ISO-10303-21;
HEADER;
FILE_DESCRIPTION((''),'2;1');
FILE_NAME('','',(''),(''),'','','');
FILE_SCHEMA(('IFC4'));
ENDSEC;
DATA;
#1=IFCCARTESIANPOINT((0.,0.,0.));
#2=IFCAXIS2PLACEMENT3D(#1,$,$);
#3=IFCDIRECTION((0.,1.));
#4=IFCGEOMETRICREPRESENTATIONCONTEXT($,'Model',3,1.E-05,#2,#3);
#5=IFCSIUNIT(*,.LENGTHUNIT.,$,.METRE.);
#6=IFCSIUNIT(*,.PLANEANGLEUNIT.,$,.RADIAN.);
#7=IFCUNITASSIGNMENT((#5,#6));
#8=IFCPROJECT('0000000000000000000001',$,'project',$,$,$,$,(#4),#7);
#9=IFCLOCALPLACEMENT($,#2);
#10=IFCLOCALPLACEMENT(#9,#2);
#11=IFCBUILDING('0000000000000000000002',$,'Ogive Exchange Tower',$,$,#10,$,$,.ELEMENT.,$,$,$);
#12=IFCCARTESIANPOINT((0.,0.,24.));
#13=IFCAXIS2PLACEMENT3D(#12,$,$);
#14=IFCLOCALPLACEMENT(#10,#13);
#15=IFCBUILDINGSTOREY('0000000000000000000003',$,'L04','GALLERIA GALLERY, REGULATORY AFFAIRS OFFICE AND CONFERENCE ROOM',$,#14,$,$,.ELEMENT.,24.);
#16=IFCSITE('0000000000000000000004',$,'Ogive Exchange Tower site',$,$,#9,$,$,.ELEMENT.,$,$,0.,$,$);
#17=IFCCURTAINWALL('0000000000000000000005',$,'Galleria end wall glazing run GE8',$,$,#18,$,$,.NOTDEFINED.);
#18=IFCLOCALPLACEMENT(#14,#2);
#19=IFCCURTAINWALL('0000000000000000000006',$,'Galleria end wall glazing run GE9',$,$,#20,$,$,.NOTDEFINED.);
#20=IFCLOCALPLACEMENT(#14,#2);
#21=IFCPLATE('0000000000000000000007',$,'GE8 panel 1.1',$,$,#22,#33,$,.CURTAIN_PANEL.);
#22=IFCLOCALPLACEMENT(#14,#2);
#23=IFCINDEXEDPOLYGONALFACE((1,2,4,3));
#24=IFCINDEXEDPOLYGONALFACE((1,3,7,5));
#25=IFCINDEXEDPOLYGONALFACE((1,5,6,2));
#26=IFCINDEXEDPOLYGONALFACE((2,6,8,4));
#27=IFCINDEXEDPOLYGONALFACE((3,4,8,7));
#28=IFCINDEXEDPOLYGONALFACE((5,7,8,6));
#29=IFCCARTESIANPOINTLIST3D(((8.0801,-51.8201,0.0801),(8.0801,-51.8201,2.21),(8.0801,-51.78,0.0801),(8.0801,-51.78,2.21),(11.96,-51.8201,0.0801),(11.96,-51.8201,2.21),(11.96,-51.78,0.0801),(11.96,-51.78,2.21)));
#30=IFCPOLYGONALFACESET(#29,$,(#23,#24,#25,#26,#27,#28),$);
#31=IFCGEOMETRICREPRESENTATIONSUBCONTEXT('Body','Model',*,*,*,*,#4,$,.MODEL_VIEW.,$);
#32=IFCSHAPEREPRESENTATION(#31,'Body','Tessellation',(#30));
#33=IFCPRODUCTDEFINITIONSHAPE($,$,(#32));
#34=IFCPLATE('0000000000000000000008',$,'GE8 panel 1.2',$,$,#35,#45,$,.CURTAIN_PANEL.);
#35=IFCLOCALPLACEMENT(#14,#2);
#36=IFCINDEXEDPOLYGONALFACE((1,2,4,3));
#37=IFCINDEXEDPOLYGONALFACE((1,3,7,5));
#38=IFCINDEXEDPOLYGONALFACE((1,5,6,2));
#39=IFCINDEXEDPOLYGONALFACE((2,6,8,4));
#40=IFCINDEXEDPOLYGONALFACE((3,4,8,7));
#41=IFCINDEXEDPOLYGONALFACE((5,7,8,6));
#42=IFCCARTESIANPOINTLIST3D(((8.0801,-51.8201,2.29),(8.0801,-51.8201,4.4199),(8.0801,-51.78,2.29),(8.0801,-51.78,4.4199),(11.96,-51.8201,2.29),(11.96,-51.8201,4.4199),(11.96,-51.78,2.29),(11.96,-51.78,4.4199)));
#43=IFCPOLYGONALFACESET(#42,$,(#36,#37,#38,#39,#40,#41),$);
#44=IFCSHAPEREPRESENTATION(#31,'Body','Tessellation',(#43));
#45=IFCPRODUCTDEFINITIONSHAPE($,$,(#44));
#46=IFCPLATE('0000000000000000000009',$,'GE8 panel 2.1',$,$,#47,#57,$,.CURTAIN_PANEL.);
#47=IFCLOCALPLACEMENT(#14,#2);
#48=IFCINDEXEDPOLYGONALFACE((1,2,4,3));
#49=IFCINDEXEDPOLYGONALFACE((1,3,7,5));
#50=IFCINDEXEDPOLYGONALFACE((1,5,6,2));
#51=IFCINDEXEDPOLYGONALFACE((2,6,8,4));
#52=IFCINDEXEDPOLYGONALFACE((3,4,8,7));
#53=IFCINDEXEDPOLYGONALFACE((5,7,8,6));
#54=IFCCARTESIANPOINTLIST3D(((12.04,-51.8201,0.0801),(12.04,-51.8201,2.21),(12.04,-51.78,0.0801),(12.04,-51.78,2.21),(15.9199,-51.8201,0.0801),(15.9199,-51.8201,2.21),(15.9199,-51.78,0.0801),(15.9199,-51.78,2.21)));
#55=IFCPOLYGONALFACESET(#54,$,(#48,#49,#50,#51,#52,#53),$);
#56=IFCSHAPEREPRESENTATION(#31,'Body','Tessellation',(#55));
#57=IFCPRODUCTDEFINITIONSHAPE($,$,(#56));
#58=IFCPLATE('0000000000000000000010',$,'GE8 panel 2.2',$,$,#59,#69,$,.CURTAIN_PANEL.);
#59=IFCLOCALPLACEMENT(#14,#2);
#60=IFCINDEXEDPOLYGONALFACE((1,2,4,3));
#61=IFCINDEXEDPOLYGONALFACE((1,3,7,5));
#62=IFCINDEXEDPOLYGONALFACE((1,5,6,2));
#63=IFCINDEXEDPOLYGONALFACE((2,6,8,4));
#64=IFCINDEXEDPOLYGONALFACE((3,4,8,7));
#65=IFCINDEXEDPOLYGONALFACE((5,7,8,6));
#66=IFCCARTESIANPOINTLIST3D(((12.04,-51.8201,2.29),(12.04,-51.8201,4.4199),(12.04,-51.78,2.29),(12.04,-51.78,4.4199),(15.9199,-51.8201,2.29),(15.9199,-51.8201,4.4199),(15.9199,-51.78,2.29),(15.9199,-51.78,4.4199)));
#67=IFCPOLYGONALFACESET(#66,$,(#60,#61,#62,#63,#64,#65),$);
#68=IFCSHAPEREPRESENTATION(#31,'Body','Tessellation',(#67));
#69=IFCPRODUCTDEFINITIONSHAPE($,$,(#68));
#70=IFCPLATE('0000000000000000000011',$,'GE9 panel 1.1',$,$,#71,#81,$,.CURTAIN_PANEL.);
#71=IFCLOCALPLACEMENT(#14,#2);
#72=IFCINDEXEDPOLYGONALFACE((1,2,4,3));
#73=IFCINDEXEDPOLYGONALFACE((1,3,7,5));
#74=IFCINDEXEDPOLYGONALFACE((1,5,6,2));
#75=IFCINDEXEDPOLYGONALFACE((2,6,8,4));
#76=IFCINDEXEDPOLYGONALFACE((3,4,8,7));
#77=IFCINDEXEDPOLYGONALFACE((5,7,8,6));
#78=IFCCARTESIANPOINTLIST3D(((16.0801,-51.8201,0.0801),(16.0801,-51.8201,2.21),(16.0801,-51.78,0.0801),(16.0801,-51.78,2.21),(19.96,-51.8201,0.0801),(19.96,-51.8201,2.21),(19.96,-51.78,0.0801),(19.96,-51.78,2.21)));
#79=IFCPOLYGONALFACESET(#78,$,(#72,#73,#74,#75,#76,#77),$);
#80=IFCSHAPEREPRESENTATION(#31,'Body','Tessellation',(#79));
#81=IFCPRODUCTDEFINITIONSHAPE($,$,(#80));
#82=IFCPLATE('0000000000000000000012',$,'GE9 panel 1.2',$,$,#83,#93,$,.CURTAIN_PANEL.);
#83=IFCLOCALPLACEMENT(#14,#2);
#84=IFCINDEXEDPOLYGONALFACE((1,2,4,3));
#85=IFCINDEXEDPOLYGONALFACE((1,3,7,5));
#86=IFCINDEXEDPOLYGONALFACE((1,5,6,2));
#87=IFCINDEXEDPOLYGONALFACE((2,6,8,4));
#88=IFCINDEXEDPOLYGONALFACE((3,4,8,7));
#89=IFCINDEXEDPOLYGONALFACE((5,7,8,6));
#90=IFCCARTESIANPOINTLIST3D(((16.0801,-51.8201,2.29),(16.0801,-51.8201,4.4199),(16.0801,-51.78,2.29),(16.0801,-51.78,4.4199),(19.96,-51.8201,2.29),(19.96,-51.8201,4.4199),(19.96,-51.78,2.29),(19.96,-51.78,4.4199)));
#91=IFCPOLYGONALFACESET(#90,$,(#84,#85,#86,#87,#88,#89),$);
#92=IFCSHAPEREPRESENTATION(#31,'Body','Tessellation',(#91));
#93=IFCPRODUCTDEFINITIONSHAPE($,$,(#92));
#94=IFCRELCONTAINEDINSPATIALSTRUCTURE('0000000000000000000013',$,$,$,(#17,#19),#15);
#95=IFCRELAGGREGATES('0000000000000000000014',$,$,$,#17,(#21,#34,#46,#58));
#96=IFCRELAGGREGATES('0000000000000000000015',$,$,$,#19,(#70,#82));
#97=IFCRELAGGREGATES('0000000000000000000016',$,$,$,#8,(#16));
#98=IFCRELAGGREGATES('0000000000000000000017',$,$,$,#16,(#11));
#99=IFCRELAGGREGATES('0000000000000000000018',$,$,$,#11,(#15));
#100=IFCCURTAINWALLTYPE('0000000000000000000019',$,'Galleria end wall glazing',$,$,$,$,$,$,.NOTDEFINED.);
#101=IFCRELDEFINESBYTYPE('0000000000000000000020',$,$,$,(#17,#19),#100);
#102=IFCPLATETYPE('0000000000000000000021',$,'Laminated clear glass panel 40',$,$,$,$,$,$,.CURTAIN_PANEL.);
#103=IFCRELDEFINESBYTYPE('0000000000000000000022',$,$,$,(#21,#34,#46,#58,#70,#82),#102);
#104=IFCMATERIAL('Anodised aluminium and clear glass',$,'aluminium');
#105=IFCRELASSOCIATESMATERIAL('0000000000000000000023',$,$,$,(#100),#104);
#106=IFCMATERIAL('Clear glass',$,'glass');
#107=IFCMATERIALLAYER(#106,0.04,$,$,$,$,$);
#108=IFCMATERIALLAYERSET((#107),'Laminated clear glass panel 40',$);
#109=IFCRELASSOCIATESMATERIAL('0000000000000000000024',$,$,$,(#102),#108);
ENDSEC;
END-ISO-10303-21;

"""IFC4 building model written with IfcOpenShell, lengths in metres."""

from ifc_helpers import new_model, si_unit, direction, frame, origin, origin_2d, place, context, subcontext, project, spatial, rectangle, extrude, material, layer, layer_set, type_object, element, aggregate, save


model = new_model("IFC4")

# Units and contexts
model_context = context("Model", 3, precision=1e-05, world=origin(), true_north=direction((0.0, 1.0)))
body_context = subcontext(model_context, "Body", "Model", "MODEL_VIEW")
ifc_project = project(units=[si_unit("LENGTHUNIT", "METRE"), si_unit("PLANEANGLEUNIT", "RADIAN")], contexts=[model_context])

# Site, building, storey
site_placement = place(None, origin())
site = spatial("IfcSite", under=ifc_project, at=site_placement, Name="Ogive Exchange Tower site", CompositionType="ELEMENT", RefElevation=0.0)
building_placement = place(site_placement, origin())
building = spatial("IfcBuilding", under=site, at=building_placement, Name="Ogive Exchange Tower", CompositionType="ELEMENT")
storey_placement = place(building_placement, frame((0.0, 0.0, 24.0)))
storey = spatial("IfcBuildingStorey", under=building, at=storey_placement, Name="L04", Description="GALLERIA GALLERY, REGULATORY AFFAIRS OFFICE AND CONFERENCE ROOM", CompositionType="ELEMENT", Elevation=24.0)

# Curtain walls
ifc_material_1 = material(Name="Anodised aluminium and clear glass", Category="aluminium")
curtain_wall_type = type_object("IfcCurtainWallType", Name="Galleria end wall glazing", PredefinedType="NOTDEFINED", material=ifc_material_1)
curtain_wall_1_placement = place(storey_placement, origin())
curtain_wall_1 = element("IfcCurtainWall", 1, at=curtain_wall_1_placement, inside=storey, type_object=curtain_wall_type, Name="Galleria end wall glazing run GE8", PredefinedType="NOTDEFINED")
curtain_wall_2_placement = place(storey_placement, origin())
curtain_wall_2 = element("IfcCurtainWall", 2, at=curtain_wall_2_placement, inside=storey, type_object=curtain_wall_type, Name="Galleria end wall glazing run GE9", PredefinedType="NOTDEFINED")

# Plates
ifc_material_2 = material(Name="Clear glass", Category="glass")
ifc_layer = layer(ifc_material_2, 0.04)
ifc_layer_set = layer_set([ifc_layer], Name="Laminated clear glass panel 40")
plate_type = type_object("IfcPlateType", Name="Laminated clear glass panel 40", PredefinedType="CURTAIN_PANEL", material=ifc_layer_set)
plate_1_placement = place(storey_placement, frame((10.02, -51.8, 0.0801), z_axis=(0.0, 0.0, 1.0), x_axis=(1.0, 0.0, 0.0)))
plate_1 = element("IfcPlate", 3, at=plate_1_placement, type_object=plate_type, Name="GE8 panel 1.1", PredefinedType="CURTAIN_PANEL", context=body_context, shape_type="SweptSolid", body=[
    extrude(rectangle(XDim=3.8799, YDim=0.04, at=origin_2d()), origin(), (0.0, 0.0, 1.0), 2.1299),
])
plate_2_placement = place(storey_placement, frame((10.02, -51.8, 2.29), z_axis=(0.0, 0.0, 1.0), x_axis=(1.0, 0.0, 0.0)))
plate_2 = element("IfcPlate", 4, at=plate_2_placement, type_object=plate_type, Name="GE8 panel 1.2", PredefinedType="CURTAIN_PANEL", context=body_context, shape_type="SweptSolid", body=[
    extrude(rectangle(XDim=3.8799, YDim=0.04, at=origin_2d()), origin(), (0.0, 0.0, 1.0), 2.1299),
])
plate_3_placement = place(storey_placement, frame((13.98, -51.8, 0.0801), z_axis=(0.0, 0.0, 1.0), x_axis=(1.0, 0.0, 0.0)))
plate_3 = element("IfcPlate", 5, at=plate_3_placement, type_object=plate_type, Name="GE8 panel 2.1", PredefinedType="CURTAIN_PANEL", context=body_context, shape_type="SweptSolid", body=[
    extrude(rectangle(XDim=3.8799, YDim=0.04, at=origin_2d()), origin(), (0.0, 0.0, 1.0), 2.1299),
])
plate_4_placement = place(storey_placement, frame((13.98, -51.8, 2.29), z_axis=(0.0, 0.0, 1.0), x_axis=(1.0, 0.0, 0.0)))
plate_4 = element("IfcPlate", 6, at=plate_4_placement, type_object=plate_type, Name="GE8 panel 2.2", PredefinedType="CURTAIN_PANEL", context=body_context, shape_type="SweptSolid", body=[
    extrude(rectangle(XDim=3.8799, YDim=0.04, at=origin_2d()), origin(), (0.0, 0.0, 1.0), 2.1299),
])
aggregate(curtain_wall_1, [plate_1, plate_2, plate_3, plate_4])
plate_5_placement = place(storey_placement, frame((18.02, -51.8, 0.0801), z_axis=(0.0, 0.0, 1.0), x_axis=(1.0, 0.0, 0.0)))
plate_5 = element("IfcPlate", 7, at=plate_5_placement, type_object=plate_type, Name="GE9 panel 1.1", PredefinedType="CURTAIN_PANEL", context=body_context, shape_type="SweptSolid", body=[
    extrude(rectangle(XDim=3.8799, YDim=0.04, at=origin_2d()), origin(), (0.0, 0.0, 1.0), 2.1299),
])
plate_6_placement = place(storey_placement, frame((18.02, -51.8, 2.29), z_axis=(0.0, 0.0, 1.0), x_axis=(1.0, 0.0, 0.0)))
plate_6 = element("IfcPlate", 8, at=plate_6_placement, type_object=plate_type, Name="GE9 panel 1.2", PredefinedType="CURTAIN_PANEL", context=body_context, shape_type="SweptSolid", body=[
    extrude(rectangle(XDim=3.8799, YDim=0.04, at=origin_2d()), origin(), (0.0, 0.0, 1.0), 2.1299),
])
aggregate(curtain_wall_2, [plate_5, plate_6])

save(model, "model.ifc")
